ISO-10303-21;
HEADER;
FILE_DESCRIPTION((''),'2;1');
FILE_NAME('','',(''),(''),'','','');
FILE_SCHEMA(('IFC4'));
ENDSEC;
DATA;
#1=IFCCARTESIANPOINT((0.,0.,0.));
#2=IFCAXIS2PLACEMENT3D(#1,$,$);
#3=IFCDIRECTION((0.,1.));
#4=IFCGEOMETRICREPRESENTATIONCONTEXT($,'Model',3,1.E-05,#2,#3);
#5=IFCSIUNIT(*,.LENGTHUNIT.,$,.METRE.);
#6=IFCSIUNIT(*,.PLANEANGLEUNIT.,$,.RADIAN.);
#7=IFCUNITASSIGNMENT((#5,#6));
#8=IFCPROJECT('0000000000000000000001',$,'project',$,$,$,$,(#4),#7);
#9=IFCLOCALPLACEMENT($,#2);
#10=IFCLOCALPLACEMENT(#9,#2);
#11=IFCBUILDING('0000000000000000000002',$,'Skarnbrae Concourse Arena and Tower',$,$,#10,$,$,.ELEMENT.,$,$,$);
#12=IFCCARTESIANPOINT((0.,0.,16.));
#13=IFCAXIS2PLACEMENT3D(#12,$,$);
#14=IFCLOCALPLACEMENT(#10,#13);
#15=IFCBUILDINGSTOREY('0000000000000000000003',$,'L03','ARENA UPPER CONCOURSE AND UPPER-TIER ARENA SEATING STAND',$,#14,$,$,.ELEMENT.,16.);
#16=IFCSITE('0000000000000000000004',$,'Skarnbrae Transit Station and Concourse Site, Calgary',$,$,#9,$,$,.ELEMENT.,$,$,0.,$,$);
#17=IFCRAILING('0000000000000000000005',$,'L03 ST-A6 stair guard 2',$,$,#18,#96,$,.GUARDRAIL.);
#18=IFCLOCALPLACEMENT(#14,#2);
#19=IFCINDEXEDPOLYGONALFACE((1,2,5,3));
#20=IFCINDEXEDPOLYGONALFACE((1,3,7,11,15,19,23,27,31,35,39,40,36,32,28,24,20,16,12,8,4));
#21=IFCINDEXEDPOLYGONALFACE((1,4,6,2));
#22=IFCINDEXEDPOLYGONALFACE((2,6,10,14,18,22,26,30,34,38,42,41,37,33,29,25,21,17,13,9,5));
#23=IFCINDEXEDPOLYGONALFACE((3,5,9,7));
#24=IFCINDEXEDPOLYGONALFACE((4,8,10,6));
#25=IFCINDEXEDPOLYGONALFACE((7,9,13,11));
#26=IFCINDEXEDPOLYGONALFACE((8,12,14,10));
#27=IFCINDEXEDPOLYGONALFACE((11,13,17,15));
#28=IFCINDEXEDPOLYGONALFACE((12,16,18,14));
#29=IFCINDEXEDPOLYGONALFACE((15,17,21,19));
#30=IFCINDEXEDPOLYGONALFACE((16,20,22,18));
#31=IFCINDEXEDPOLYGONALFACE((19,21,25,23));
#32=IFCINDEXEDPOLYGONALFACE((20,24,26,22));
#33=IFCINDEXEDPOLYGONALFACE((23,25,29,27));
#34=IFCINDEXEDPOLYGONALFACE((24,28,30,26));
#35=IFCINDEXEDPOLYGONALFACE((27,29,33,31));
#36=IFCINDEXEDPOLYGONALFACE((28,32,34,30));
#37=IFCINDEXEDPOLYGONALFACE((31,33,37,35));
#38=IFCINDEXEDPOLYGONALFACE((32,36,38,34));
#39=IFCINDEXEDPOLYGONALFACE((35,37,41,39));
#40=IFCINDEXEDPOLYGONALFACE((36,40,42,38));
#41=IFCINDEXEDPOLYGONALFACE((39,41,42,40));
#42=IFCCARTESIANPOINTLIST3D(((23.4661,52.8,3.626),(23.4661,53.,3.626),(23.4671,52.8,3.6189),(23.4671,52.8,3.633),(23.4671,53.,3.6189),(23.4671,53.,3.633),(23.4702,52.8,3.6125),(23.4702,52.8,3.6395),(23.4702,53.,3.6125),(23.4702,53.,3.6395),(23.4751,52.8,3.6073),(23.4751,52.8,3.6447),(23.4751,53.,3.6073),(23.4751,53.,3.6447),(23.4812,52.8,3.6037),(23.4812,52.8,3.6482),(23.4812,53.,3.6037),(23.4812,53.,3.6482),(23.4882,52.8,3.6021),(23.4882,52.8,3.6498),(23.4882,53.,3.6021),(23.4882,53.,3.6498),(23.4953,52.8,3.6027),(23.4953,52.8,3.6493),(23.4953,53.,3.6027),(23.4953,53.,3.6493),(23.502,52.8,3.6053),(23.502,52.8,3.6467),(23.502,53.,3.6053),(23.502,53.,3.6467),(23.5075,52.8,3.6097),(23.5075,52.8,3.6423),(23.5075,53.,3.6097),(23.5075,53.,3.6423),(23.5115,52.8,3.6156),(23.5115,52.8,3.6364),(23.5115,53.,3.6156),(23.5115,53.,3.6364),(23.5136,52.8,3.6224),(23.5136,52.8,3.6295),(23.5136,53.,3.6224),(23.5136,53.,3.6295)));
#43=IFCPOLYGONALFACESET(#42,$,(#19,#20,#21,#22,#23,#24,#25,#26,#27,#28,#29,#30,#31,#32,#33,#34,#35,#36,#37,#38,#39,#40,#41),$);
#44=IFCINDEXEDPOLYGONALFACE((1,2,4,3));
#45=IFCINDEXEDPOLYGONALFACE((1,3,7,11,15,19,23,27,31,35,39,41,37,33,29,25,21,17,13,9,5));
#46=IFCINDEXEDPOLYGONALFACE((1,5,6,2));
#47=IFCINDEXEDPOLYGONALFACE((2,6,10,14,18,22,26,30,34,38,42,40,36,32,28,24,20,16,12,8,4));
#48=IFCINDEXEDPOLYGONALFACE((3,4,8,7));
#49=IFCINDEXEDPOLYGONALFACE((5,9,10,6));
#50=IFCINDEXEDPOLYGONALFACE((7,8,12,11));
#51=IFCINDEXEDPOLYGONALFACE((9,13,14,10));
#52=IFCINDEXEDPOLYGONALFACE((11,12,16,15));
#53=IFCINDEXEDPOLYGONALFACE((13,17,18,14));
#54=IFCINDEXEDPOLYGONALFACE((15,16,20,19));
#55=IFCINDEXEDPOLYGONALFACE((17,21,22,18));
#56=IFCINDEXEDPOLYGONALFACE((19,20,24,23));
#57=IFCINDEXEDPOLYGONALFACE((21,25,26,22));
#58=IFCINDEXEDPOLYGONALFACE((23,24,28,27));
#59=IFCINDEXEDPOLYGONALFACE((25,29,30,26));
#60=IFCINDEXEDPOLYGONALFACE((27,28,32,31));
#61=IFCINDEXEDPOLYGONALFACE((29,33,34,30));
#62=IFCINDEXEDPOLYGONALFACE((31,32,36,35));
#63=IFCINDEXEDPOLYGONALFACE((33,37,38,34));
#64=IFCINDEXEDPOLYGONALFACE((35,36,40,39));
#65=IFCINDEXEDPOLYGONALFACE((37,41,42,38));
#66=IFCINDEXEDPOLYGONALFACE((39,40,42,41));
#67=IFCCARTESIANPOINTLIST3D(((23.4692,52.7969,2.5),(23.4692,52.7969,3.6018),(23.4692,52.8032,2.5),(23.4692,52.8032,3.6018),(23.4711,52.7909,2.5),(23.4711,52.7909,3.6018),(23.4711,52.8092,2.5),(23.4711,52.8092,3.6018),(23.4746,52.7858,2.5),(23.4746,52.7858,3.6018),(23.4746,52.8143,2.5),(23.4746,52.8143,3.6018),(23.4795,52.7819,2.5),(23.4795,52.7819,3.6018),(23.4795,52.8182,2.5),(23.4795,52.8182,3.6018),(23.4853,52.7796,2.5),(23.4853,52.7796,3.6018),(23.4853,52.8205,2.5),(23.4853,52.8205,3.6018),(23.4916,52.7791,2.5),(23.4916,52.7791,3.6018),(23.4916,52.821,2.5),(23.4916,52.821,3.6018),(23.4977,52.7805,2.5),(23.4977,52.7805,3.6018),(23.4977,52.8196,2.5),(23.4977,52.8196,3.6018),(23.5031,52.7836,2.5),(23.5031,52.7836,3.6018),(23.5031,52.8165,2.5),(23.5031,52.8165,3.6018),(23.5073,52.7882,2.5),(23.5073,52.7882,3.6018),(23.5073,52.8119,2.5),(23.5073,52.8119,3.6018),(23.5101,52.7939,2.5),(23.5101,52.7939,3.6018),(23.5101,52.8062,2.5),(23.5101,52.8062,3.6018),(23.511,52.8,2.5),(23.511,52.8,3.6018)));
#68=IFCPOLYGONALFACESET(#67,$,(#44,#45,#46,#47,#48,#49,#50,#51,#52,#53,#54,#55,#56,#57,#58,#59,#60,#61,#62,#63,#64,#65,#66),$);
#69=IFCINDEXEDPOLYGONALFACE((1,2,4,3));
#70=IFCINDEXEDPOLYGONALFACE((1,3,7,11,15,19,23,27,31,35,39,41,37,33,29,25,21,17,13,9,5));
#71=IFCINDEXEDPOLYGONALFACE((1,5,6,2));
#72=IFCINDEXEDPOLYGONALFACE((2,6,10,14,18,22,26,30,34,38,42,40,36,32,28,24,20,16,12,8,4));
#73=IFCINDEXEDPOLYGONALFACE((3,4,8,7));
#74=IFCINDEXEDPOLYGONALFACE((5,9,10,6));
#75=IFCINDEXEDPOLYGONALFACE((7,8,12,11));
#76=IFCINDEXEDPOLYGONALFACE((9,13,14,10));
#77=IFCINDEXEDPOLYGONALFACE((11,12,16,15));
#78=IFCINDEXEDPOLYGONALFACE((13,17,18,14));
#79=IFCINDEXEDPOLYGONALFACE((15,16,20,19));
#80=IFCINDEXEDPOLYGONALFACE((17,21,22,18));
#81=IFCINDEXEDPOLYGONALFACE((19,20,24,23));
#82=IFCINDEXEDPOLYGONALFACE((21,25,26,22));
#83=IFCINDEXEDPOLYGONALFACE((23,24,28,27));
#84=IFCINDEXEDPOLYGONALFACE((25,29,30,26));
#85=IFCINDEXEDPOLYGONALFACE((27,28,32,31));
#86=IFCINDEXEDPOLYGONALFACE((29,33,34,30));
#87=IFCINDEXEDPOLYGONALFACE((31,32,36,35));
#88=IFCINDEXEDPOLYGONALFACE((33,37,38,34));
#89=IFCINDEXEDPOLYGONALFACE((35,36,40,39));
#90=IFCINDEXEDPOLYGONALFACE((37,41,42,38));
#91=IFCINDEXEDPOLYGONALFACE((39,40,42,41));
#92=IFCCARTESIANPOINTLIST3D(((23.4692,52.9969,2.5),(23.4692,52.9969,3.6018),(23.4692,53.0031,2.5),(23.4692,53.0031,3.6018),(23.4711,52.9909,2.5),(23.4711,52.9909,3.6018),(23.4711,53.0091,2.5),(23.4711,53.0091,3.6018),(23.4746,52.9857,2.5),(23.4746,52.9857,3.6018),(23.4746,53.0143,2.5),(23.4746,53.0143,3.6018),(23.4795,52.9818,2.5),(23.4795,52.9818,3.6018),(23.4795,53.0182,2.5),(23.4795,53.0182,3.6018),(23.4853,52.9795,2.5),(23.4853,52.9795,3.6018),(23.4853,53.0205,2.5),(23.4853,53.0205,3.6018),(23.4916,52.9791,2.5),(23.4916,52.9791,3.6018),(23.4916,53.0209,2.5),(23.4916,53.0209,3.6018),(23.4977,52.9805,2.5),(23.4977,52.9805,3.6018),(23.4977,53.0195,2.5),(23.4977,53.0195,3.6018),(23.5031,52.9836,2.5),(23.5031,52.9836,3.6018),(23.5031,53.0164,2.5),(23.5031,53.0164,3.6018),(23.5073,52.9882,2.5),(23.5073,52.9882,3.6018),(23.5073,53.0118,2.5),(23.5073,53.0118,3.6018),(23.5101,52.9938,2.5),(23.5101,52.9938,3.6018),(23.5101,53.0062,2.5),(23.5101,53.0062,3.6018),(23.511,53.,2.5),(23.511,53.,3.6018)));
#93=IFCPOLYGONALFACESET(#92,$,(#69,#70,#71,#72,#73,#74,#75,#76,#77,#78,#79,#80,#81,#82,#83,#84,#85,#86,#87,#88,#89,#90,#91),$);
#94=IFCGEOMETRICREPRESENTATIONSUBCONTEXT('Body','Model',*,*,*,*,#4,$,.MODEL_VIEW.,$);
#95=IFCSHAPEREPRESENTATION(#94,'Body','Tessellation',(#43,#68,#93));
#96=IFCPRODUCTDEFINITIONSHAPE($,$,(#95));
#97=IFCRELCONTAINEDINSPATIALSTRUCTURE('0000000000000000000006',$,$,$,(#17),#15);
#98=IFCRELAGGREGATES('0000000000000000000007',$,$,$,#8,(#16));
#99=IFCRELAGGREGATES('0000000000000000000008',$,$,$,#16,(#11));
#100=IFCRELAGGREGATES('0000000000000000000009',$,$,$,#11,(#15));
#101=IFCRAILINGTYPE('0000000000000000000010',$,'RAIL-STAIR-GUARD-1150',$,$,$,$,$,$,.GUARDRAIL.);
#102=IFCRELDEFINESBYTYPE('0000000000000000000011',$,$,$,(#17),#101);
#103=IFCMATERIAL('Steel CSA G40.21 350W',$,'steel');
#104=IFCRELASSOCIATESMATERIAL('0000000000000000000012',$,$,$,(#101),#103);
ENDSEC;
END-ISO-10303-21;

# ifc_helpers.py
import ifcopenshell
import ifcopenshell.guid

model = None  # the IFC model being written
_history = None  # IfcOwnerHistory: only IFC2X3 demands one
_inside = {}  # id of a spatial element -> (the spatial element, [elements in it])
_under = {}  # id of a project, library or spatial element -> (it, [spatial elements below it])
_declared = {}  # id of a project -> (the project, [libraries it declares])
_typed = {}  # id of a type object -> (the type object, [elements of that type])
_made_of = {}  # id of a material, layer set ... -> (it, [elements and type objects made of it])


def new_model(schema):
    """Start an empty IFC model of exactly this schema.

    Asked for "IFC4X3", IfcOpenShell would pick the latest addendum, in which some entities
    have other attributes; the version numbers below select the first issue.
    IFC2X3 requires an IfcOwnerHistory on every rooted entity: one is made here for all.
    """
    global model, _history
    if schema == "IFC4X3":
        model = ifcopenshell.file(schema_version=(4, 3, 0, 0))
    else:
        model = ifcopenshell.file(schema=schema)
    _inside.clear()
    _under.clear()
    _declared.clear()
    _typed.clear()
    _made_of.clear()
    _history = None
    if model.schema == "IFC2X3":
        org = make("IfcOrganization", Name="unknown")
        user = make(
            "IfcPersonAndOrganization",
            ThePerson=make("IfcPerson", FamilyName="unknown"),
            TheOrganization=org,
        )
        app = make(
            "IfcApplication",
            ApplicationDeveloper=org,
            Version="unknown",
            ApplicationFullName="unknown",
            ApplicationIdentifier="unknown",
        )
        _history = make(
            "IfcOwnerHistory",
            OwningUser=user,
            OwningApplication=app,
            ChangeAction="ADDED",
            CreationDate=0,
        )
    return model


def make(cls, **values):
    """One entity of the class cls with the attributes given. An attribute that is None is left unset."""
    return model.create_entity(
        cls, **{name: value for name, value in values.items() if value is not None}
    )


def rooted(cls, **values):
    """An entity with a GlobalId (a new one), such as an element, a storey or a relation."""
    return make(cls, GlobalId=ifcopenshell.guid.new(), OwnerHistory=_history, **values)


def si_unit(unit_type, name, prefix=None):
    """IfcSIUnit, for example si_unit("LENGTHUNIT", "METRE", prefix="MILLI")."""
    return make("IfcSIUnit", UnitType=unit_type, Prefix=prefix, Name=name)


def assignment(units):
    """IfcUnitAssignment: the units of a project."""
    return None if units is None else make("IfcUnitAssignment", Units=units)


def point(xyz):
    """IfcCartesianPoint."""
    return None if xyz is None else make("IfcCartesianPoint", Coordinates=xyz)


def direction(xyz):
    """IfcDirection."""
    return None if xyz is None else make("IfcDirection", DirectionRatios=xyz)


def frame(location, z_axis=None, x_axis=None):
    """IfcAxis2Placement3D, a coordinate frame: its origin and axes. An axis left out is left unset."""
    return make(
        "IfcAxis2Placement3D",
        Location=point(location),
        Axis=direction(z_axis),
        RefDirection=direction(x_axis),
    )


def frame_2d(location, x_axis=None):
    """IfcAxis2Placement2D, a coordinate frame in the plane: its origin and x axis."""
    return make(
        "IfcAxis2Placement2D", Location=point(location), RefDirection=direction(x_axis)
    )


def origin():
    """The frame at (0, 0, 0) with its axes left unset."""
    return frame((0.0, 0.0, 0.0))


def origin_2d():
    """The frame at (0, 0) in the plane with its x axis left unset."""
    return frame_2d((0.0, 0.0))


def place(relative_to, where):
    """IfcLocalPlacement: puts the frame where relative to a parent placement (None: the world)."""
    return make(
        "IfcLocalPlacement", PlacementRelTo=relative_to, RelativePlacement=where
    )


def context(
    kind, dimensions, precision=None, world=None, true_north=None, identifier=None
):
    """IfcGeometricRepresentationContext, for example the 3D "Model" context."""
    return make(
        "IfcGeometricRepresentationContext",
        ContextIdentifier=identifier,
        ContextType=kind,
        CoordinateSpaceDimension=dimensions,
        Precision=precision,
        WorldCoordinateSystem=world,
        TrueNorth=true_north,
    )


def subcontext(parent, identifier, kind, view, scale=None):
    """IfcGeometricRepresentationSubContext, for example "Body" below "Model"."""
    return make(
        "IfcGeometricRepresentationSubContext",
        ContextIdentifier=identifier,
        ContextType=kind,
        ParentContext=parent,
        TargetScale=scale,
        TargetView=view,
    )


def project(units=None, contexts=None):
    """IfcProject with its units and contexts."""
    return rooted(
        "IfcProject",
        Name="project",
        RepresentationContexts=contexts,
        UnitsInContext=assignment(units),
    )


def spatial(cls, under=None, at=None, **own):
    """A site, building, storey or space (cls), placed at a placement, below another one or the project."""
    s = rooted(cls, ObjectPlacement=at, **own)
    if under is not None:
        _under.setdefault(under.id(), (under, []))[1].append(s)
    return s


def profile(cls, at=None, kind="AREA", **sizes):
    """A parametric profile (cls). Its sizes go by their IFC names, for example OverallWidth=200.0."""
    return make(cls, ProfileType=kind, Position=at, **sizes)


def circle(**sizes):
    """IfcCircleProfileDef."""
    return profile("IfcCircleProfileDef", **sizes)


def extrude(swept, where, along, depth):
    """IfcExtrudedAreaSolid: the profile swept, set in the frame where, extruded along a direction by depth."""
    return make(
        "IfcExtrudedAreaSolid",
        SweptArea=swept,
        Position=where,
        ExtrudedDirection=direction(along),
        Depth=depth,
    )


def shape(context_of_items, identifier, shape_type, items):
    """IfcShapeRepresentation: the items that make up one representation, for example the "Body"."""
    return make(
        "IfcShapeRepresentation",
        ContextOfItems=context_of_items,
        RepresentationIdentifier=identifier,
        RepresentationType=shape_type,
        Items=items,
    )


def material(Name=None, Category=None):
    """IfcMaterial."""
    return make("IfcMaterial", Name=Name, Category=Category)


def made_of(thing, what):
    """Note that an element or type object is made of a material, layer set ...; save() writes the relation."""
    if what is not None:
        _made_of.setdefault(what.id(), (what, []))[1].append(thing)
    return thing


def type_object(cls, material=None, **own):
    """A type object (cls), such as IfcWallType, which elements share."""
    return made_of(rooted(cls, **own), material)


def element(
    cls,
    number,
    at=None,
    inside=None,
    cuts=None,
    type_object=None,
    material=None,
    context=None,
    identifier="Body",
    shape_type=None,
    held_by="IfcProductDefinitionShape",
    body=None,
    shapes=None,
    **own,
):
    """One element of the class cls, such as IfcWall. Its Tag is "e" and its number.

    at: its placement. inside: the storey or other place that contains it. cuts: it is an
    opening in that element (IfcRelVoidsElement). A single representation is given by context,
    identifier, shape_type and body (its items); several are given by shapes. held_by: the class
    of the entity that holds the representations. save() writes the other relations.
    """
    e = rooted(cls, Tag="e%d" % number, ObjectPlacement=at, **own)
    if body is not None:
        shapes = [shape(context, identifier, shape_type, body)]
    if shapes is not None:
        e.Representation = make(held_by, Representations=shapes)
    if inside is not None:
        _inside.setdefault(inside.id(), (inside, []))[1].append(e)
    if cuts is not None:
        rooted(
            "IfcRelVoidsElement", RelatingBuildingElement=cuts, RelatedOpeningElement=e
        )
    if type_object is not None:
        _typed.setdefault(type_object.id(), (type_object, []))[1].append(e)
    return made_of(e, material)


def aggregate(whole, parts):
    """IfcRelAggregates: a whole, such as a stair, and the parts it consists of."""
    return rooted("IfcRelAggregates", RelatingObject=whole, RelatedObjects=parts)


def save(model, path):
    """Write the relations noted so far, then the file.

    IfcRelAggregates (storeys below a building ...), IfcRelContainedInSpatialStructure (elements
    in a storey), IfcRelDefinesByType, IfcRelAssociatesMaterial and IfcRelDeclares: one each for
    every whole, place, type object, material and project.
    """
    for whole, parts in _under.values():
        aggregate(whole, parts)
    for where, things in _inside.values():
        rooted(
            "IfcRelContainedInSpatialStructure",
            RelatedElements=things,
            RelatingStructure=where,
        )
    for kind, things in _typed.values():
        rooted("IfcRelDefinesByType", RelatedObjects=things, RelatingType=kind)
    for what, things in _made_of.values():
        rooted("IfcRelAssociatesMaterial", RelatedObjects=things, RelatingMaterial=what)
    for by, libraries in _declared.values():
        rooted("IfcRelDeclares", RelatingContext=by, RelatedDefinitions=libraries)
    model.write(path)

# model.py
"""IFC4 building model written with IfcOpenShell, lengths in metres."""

from ifc_helpers import new_model, si_unit, direction, frame, origin, origin_2d, place, context, subcontext, project, spatial, circle, extrude, material, type_object, element, save


model = new_model("IFC4")

# Units and contexts
model_context = context("Model", 3, precision=1e-05, world=origin(), true_north=direction((0.0, 1.0)))
body_context = subcontext(model_context, "Body", "Model", "MODEL_VIEW")
ifc_project = project(units=[si_unit("LENGTHUNIT", "METRE"), si_unit("PLANEANGLEUNIT", "RADIAN")], contexts=[model_context])

# Site, building, storey
site_placement = place(None, origin())
site = spatial("IfcSite", under=ifc_project, at=site_placement, Name="Skarnbrae Transit Station and Concourse Site, Calgary", CompositionType="ELEMENT", RefElevation=0.0)
building_placement = place(site_placement, origin())
building = spatial("IfcBuilding", under=site, at=building_placement, Name="Skarnbrae Concourse Arena and Tower", CompositionType="ELEMENT")
storey_placement = place(building_placement, frame((0.0, 0.0, 16.0)))
storey = spatial("IfcBuildingStorey", under=building, at=storey_placement, Name="L03", Description="ARENA UPPER CONCOURSE AND UPPER-TIER ARENA SEATING STAND", CompositionType="ELEMENT", Elevation=16.0)

# Shared definitions
ifc_material_1 = material(Name="Steel CSA G40.21 350W", Category="steel")

# Railing
railing_type_1 = type_object("IfcRailingType", Name="RAIL-STAIR-GUARD-1150", PredefinedType="GUARDRAIL", material=ifc_material_1)
railing_1_placement = place(storey_placement, frame((23.49, 52.8, 2.5)))
element("IfcRailing", 1, at=railing_1_placement, inside=storey, type_object=railing_type_1, Name="L03 ST-A6 stair guard 2", PredefinedType="GUARDRAIL", context=body_context, shape_type="SweptSolid", body=[
    extrude(circle(Radius=0.0239, at=origin_2d()), frame((0.0, 0.0, 1.126), z_axis=(0.0, 1.0, 0.0), x_axis=(-1.0, 0.0, 0.0)), (0.0, 0.0, 1.0), 0.2),
    extrude(circle(Radius=0.021, at=origin_2d()), origin(), (0.0, 0.0, 1.0), 1.1018),
    extrude(circle(Radius=0.021, at=origin_2d()), frame((0.0, 0.2, 0.0)), (0.0, 0.0, 1.0), 1.1018),
])

save(model, "model.ifc")
